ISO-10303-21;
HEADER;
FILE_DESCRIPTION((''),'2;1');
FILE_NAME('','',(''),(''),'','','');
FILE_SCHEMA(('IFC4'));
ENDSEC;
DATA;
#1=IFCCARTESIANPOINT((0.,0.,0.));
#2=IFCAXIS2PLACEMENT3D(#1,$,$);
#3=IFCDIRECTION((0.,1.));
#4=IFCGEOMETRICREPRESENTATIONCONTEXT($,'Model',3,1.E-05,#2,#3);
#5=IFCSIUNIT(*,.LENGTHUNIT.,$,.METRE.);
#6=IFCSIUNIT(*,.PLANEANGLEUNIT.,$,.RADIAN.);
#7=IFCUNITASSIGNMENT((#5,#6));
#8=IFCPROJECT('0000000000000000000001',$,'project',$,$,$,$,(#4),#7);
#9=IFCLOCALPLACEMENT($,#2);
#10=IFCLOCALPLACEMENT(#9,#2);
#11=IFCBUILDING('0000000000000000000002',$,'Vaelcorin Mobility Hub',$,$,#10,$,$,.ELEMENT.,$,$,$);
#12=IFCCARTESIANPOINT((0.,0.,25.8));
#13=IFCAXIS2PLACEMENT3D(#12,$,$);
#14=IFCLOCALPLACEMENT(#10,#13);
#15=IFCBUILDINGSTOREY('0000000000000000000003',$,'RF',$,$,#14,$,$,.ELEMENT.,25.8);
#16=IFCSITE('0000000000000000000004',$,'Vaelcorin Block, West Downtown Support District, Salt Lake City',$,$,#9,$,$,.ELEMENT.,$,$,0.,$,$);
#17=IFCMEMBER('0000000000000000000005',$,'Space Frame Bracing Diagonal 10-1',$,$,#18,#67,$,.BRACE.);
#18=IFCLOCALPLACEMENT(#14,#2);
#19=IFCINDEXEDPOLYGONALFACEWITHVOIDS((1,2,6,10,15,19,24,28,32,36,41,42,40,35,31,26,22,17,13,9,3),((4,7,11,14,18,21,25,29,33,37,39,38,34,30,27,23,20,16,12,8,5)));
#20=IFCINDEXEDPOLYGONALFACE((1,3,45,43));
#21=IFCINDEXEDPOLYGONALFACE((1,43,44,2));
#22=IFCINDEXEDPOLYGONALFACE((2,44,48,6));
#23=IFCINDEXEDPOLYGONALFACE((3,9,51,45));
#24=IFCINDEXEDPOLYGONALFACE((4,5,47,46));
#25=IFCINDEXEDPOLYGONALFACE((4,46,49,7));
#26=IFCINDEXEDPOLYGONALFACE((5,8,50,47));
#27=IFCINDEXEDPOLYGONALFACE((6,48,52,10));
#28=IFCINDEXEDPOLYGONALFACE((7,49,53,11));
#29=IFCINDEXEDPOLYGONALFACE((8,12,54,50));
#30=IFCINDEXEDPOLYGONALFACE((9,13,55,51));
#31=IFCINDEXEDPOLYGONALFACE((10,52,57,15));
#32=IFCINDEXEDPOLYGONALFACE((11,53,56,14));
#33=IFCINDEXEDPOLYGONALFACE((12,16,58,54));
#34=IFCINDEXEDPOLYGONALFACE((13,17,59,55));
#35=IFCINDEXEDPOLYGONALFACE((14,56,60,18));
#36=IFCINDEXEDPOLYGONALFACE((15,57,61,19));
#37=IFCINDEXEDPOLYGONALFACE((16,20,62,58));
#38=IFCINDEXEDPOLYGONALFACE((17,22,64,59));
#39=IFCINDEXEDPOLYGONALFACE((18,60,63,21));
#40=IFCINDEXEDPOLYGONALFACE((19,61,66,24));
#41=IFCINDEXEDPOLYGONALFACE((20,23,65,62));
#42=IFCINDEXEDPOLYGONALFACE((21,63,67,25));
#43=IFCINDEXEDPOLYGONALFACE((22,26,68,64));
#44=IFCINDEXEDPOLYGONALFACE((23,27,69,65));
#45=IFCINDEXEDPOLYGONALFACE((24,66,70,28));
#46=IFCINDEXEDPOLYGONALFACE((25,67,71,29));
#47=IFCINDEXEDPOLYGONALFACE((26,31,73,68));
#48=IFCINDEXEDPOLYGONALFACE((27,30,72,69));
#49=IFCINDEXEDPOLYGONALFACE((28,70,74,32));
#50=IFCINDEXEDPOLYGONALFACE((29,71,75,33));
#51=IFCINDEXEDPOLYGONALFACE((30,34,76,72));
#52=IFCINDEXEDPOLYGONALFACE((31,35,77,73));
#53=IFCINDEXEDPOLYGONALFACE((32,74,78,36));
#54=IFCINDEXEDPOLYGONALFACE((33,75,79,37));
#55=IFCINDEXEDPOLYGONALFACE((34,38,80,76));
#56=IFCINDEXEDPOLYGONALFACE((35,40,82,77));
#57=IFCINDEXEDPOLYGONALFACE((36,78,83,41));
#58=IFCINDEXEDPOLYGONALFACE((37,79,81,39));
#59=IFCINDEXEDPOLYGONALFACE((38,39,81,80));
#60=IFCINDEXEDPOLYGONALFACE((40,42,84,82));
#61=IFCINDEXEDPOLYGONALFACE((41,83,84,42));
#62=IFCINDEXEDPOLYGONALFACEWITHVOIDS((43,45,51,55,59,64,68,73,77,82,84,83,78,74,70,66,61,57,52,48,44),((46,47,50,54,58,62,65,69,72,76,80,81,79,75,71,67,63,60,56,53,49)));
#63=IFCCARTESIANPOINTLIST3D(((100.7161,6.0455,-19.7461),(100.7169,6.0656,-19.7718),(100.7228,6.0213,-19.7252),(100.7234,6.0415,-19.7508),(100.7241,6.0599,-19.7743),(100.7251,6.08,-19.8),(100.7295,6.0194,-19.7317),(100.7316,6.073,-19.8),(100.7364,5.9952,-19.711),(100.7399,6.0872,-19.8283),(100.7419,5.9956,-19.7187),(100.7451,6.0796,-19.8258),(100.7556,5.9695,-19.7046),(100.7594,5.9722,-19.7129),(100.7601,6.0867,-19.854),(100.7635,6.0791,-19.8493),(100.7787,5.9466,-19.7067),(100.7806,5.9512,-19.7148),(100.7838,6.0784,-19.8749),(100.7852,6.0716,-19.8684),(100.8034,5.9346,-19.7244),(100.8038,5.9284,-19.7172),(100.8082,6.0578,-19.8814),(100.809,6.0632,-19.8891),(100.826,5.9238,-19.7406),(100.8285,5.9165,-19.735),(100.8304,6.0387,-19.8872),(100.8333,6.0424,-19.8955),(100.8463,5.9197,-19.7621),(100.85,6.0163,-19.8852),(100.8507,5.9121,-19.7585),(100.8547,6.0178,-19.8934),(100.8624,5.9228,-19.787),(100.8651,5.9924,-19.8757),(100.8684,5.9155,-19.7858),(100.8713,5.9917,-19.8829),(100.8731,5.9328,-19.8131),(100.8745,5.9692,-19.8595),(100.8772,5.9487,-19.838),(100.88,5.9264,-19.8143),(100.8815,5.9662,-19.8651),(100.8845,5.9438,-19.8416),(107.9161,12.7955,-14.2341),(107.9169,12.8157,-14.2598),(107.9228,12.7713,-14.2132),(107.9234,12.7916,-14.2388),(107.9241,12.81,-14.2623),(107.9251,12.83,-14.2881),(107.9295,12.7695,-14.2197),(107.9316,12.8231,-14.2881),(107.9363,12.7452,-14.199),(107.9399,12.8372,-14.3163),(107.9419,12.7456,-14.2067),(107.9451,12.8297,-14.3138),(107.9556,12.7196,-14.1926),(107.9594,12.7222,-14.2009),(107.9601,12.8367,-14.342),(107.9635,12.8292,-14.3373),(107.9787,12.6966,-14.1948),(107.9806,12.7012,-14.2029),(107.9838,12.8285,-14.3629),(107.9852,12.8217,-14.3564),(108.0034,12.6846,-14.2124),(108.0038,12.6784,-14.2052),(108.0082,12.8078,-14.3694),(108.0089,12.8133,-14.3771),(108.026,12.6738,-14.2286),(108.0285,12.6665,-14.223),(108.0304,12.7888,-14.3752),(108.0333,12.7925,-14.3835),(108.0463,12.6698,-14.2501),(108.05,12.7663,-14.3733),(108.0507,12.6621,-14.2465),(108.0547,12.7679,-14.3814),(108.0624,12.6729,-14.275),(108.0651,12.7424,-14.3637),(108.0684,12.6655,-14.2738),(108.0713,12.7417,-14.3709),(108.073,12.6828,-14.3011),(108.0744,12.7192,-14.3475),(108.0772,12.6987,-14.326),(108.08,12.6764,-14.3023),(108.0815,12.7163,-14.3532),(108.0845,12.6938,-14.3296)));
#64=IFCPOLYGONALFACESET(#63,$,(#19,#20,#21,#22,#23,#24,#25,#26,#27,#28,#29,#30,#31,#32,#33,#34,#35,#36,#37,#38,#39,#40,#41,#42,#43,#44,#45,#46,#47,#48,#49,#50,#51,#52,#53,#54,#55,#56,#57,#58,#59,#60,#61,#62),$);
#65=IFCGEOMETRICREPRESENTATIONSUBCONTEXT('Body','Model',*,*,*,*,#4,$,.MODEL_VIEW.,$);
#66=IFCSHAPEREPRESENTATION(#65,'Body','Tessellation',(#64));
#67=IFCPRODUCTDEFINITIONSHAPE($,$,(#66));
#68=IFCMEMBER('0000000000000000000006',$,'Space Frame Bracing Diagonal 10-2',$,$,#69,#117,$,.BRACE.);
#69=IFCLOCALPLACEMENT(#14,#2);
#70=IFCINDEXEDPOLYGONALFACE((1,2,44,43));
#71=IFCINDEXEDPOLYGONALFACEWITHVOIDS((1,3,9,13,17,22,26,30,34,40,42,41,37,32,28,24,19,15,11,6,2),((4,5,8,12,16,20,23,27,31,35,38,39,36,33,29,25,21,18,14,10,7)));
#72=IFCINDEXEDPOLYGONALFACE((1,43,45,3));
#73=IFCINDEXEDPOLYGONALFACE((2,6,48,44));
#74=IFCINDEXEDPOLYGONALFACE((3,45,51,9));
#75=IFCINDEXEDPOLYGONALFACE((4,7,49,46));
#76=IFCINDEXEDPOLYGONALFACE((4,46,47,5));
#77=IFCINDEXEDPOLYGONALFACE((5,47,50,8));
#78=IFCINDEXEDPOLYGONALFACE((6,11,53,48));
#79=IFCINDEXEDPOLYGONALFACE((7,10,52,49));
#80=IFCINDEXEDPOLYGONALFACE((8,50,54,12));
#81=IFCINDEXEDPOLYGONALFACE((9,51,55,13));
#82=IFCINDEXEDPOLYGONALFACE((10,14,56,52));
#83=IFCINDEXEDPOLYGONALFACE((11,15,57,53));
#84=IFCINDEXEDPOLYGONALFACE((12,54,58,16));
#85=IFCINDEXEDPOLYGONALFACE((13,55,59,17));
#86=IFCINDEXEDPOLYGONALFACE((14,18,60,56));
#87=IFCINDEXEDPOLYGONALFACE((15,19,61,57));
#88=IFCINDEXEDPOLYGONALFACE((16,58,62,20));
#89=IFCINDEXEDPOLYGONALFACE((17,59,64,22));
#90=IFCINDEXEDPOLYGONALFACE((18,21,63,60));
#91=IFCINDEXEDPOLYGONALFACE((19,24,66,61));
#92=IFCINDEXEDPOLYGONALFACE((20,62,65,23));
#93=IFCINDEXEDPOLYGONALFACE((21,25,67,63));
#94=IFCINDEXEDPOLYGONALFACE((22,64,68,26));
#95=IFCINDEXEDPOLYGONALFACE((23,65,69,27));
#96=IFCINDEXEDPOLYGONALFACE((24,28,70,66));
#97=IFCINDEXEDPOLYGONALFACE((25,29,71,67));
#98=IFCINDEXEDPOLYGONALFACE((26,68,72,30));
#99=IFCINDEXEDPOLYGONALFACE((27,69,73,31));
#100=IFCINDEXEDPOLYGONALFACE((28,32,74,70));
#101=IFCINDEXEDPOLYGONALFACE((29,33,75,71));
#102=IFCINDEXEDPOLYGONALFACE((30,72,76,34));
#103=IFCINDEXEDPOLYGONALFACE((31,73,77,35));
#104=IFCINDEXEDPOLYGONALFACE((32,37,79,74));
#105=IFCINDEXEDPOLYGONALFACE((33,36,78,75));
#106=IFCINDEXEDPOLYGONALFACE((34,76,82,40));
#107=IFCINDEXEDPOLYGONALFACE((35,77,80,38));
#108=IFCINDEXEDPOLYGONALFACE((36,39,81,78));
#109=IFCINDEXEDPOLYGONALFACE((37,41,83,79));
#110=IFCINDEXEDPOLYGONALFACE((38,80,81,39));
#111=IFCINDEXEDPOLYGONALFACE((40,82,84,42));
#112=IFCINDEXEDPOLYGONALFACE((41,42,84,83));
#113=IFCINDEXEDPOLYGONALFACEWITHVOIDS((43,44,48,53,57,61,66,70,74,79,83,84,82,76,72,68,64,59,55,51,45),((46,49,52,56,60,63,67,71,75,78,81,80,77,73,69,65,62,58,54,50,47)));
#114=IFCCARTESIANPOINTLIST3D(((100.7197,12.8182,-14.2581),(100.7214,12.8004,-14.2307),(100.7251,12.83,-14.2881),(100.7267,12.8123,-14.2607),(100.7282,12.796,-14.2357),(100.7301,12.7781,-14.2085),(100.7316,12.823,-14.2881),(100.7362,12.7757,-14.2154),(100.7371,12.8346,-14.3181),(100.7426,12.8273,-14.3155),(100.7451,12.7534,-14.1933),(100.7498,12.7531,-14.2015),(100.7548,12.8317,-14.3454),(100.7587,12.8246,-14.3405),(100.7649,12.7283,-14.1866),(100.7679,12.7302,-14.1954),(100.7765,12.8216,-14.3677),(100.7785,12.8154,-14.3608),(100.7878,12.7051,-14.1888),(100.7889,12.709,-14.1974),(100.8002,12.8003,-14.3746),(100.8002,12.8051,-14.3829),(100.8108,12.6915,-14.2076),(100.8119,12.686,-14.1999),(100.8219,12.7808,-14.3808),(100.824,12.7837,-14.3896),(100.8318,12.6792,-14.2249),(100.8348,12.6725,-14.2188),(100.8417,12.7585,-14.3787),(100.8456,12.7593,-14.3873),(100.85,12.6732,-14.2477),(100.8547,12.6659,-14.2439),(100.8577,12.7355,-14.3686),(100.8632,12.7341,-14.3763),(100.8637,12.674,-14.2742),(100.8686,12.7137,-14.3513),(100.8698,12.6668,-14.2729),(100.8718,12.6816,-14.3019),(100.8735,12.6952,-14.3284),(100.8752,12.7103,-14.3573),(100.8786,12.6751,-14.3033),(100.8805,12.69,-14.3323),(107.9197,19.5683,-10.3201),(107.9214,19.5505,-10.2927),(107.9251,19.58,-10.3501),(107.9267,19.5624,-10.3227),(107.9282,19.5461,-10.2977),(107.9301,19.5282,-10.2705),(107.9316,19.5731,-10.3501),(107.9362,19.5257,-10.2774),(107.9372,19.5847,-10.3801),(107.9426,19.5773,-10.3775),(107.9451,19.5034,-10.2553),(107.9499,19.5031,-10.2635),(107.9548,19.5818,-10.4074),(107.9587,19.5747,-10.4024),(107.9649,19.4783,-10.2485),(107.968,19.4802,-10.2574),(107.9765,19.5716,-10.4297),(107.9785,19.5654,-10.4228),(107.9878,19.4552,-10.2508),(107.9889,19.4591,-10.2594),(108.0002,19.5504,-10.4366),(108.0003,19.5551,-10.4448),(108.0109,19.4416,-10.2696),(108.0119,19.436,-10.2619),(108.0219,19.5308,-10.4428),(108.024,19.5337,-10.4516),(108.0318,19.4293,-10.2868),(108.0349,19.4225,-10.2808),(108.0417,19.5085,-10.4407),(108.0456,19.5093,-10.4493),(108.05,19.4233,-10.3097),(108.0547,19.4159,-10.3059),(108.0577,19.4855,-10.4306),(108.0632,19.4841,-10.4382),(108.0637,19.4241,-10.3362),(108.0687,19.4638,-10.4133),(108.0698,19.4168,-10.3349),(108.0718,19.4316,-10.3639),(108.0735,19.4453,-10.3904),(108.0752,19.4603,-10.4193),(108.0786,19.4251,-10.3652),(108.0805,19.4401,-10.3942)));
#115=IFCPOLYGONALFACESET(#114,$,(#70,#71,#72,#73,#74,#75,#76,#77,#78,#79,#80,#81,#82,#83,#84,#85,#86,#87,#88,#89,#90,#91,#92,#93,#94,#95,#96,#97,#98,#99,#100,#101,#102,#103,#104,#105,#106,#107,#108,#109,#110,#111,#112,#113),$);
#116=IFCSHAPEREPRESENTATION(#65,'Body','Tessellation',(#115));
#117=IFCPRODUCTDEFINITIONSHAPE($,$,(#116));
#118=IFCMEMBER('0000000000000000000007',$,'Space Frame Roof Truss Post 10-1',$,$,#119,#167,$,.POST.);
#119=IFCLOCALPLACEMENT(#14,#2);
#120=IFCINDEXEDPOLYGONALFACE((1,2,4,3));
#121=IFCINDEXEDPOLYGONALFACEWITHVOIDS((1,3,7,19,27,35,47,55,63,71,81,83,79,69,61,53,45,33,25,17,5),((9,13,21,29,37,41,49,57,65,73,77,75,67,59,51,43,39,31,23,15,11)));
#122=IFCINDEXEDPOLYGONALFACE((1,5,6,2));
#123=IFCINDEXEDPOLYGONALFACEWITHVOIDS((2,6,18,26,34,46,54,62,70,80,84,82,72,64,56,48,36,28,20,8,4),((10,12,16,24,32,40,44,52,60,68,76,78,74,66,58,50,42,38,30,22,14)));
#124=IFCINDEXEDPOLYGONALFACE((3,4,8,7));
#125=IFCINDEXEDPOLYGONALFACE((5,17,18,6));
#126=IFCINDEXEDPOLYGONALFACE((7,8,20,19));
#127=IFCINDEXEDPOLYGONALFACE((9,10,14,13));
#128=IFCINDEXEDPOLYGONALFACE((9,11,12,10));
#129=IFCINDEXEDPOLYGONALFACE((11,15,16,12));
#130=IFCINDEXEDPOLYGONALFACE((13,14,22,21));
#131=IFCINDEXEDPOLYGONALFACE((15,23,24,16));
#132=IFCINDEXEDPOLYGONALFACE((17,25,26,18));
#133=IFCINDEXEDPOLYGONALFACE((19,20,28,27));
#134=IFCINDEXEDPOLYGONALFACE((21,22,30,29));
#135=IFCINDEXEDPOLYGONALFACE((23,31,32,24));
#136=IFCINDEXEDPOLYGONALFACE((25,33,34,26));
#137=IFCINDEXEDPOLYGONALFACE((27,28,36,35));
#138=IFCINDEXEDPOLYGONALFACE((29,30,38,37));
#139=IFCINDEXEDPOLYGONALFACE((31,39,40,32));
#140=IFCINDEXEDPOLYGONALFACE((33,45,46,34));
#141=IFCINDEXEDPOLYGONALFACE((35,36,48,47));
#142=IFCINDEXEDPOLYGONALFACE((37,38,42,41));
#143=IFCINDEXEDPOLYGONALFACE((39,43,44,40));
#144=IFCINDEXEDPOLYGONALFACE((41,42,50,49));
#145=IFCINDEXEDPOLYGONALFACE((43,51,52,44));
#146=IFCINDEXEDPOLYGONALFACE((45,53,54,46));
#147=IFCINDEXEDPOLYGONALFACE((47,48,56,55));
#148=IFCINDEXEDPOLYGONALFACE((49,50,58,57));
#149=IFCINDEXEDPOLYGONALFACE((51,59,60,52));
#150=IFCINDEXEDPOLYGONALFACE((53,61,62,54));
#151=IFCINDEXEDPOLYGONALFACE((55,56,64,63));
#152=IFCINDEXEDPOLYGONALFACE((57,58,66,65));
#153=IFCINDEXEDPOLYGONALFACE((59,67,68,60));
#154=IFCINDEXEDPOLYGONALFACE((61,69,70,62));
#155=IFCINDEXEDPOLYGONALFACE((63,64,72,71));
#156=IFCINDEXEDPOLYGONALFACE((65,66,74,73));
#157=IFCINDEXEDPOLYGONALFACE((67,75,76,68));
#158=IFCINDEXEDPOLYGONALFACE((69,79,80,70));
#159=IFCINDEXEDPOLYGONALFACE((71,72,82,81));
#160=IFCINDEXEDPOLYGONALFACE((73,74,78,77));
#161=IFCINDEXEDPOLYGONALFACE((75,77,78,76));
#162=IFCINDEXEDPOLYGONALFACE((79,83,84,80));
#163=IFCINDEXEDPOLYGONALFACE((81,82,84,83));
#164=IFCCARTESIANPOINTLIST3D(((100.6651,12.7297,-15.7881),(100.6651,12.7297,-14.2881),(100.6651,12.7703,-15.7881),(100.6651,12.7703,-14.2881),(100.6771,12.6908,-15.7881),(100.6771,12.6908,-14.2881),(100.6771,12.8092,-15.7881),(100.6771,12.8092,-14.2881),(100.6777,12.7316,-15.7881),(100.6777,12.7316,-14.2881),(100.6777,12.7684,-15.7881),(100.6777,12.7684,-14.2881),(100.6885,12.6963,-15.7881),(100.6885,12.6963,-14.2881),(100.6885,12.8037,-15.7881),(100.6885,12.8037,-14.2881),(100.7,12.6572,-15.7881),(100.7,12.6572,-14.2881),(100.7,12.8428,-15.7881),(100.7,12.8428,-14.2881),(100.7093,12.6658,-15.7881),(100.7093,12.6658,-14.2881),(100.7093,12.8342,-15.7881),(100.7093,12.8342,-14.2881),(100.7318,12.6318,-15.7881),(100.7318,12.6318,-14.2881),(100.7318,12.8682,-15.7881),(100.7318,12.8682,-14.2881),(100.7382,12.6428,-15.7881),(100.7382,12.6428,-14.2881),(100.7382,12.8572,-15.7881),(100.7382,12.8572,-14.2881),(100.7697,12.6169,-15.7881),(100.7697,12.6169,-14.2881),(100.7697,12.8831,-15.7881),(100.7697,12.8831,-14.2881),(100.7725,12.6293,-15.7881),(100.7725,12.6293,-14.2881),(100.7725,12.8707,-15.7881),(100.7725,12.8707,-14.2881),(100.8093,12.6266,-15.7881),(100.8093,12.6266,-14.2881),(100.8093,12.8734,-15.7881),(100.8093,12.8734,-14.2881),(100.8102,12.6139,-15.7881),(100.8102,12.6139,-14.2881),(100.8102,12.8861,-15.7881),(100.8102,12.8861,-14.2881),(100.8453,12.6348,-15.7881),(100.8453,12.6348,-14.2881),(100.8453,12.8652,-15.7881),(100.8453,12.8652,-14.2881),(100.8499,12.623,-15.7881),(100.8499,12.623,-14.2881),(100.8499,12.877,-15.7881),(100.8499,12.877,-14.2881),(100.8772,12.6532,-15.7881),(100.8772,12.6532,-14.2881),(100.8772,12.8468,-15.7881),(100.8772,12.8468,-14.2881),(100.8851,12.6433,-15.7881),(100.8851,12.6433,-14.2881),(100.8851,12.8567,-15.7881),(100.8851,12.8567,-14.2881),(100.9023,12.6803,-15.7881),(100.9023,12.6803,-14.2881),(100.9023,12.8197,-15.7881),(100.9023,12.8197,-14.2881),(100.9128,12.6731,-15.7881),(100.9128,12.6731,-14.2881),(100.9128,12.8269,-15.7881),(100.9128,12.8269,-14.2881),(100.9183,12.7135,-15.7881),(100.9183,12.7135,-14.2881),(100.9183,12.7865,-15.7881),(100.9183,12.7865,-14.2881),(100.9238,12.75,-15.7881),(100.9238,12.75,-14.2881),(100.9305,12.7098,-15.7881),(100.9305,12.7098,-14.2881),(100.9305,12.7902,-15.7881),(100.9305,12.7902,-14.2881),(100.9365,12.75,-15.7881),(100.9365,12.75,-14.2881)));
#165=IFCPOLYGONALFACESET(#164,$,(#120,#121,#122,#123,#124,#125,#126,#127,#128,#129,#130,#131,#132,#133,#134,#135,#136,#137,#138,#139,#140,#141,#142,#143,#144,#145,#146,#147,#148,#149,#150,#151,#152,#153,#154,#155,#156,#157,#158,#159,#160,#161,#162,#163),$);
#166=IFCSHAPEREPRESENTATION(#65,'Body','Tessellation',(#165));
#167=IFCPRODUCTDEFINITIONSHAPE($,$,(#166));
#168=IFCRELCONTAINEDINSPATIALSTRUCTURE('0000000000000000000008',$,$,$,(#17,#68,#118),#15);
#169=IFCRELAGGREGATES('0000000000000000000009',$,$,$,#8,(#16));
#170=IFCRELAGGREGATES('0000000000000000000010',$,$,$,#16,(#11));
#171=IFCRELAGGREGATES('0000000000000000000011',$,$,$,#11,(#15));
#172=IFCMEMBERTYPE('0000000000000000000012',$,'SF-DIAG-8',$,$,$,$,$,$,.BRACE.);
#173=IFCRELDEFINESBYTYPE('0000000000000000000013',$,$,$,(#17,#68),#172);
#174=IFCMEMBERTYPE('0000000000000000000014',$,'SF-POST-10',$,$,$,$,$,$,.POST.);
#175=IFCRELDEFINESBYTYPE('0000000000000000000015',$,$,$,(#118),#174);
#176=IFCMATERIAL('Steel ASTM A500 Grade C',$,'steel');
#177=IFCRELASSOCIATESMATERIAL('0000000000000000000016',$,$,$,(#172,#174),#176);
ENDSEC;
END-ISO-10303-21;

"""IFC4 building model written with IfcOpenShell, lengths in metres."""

from ifc_helpers import new_model, si_unit, direction, frame, origin, origin_2d, place, context, subcontext, project, spatial, hollow_circle, extrude, material, material_profile, profile_set, type_object, element, save


model = new_model("IFC4")

# Units and contexts
model_context = context("Model", 3, precision=1e-05, world=origin(), true_north=direction((0.0, 1.0)))
body_context = subcontext(model_context, "Body", "Model", "MODEL_VIEW")
ifc_project = project(units=[si_unit("LENGTHUNIT", "METRE"), si_unit("PLANEANGLEUNIT", "RADIAN")], contexts=[model_context])

# Site, building, storey
site_placement = place(None, origin())
site = spatial("IfcSite", under=ifc_project, at=site_placement, Name="Vaelcorin Block, West Downtown Support District, Salt Lake City", CompositionType="ELEMENT", RefElevation=0.0)
building_placement = place(site_placement, origin())
building = spatial("IfcBuilding", under=site, at=building_placement, Name="Vaelcorin Mobility Hub", CompositionType="ELEMENT")
storey_placement = place(building_placement, frame((0.0, 0.0, 25.8)))
storey = spatial("IfcBuildingStorey", under=building, at=storey_placement, Name="RF", CompositionType="ELEMENT", Elevation=25.8)

# Members
ifc_material_1 = material(Name="Steel ASTM A500 Grade C", Category="steel")
ifc_material_profile_1 = material_profile(ifc_material_1, hollow_circle(Radius=0.1096, WallThickness=0.0095, at=origin_2d()), Name="HSS8.625X0.375")
ifc_profile_set_1 = profile_set([ifc_material_profile_1], Name="Steel ASTM A500 Grade C")
member_type_1 = type_object("IfcMemberType", Name="SF-DIAG-8", PredefinedType="BRACE", material=ifc_profile_set_1)
member_1_placement = place(storey_placement, frame((100.8, 6.0, -19.8), z_axis=(0.636931, 0.597126, 0.487606), x_axis=(-0.683944, 0.729535, 0.0)))
element("IfcMember", 1, at=member_1_placement, inside=storey, type_object=member_type_1, Name="Space Frame Bracing Diagonal 10-1", PredefinedType="BRACE", context=body_context, shape_type="SweptSolid", body=[
    extrude(hollow_circle(Radius=0.1096, WallThickness=0.0095, at=origin_2d()), origin(), (0.0, 0.0, 1.0), 11.3042),
])
member_2_placement = place(storey_placement, frame((100.8, 12.75, -14.2881), z_axis=(0.677586, 0.635241, 0.370603), x_axis=(-0.683944, 0.729535, 0.0)))
element("IfcMember", 2, at=member_2_placement, inside=storey, type_object=member_type_1, Name="Space Frame Bracing Diagonal 10-2", PredefinedType="BRACE", context=body_context, shape_type="SweptSolid", body=[
    extrude(hollow_circle(Radius=0.1096, WallThickness=0.0095, at=origin_2d()), origin(), (0.0, 0.0, 1.0), 10.626),
])
ifc_material_profile_2 = material_profile(ifc_material_1, hollow_circle(Radius=0.1365, WallThickness=0.0127, at=origin_2d()), Name="HSS10.750X0.500")
ifc_profile_set_2 = profile_set([ifc_material_profile_2], Name="Steel ASTM A500 Grade C")
member_type_2 = type_object("IfcMemberType", Name="SF-POST-10", PredefinedType="POST", material=ifc_profile_set_2)
for number, where, z_axis, x_axis, name in (
    (3, (100.8, 12.75, -15.7881), (0.0, 0.0, 1.0), (1.0, 0.0, 0.0), "Space Frame Roof Truss Post 10-1"),
):
    element("IfcMember", number, at=place(storey_placement, frame(where, z_axis=z_axis, x_axis=x_axis)), inside=storey, type_object=member_type_2, Name=name, PredefinedType="POST", context=body_context, shape_type="SweptSolid", body=[
        extrude(hollow_circle(Radius=0.1365, WallThickness=0.0127, at=origin_2d()), origin(), (0.0, 0.0, 1.0), 1.5),
    ])

save(model, "model.ifc")
